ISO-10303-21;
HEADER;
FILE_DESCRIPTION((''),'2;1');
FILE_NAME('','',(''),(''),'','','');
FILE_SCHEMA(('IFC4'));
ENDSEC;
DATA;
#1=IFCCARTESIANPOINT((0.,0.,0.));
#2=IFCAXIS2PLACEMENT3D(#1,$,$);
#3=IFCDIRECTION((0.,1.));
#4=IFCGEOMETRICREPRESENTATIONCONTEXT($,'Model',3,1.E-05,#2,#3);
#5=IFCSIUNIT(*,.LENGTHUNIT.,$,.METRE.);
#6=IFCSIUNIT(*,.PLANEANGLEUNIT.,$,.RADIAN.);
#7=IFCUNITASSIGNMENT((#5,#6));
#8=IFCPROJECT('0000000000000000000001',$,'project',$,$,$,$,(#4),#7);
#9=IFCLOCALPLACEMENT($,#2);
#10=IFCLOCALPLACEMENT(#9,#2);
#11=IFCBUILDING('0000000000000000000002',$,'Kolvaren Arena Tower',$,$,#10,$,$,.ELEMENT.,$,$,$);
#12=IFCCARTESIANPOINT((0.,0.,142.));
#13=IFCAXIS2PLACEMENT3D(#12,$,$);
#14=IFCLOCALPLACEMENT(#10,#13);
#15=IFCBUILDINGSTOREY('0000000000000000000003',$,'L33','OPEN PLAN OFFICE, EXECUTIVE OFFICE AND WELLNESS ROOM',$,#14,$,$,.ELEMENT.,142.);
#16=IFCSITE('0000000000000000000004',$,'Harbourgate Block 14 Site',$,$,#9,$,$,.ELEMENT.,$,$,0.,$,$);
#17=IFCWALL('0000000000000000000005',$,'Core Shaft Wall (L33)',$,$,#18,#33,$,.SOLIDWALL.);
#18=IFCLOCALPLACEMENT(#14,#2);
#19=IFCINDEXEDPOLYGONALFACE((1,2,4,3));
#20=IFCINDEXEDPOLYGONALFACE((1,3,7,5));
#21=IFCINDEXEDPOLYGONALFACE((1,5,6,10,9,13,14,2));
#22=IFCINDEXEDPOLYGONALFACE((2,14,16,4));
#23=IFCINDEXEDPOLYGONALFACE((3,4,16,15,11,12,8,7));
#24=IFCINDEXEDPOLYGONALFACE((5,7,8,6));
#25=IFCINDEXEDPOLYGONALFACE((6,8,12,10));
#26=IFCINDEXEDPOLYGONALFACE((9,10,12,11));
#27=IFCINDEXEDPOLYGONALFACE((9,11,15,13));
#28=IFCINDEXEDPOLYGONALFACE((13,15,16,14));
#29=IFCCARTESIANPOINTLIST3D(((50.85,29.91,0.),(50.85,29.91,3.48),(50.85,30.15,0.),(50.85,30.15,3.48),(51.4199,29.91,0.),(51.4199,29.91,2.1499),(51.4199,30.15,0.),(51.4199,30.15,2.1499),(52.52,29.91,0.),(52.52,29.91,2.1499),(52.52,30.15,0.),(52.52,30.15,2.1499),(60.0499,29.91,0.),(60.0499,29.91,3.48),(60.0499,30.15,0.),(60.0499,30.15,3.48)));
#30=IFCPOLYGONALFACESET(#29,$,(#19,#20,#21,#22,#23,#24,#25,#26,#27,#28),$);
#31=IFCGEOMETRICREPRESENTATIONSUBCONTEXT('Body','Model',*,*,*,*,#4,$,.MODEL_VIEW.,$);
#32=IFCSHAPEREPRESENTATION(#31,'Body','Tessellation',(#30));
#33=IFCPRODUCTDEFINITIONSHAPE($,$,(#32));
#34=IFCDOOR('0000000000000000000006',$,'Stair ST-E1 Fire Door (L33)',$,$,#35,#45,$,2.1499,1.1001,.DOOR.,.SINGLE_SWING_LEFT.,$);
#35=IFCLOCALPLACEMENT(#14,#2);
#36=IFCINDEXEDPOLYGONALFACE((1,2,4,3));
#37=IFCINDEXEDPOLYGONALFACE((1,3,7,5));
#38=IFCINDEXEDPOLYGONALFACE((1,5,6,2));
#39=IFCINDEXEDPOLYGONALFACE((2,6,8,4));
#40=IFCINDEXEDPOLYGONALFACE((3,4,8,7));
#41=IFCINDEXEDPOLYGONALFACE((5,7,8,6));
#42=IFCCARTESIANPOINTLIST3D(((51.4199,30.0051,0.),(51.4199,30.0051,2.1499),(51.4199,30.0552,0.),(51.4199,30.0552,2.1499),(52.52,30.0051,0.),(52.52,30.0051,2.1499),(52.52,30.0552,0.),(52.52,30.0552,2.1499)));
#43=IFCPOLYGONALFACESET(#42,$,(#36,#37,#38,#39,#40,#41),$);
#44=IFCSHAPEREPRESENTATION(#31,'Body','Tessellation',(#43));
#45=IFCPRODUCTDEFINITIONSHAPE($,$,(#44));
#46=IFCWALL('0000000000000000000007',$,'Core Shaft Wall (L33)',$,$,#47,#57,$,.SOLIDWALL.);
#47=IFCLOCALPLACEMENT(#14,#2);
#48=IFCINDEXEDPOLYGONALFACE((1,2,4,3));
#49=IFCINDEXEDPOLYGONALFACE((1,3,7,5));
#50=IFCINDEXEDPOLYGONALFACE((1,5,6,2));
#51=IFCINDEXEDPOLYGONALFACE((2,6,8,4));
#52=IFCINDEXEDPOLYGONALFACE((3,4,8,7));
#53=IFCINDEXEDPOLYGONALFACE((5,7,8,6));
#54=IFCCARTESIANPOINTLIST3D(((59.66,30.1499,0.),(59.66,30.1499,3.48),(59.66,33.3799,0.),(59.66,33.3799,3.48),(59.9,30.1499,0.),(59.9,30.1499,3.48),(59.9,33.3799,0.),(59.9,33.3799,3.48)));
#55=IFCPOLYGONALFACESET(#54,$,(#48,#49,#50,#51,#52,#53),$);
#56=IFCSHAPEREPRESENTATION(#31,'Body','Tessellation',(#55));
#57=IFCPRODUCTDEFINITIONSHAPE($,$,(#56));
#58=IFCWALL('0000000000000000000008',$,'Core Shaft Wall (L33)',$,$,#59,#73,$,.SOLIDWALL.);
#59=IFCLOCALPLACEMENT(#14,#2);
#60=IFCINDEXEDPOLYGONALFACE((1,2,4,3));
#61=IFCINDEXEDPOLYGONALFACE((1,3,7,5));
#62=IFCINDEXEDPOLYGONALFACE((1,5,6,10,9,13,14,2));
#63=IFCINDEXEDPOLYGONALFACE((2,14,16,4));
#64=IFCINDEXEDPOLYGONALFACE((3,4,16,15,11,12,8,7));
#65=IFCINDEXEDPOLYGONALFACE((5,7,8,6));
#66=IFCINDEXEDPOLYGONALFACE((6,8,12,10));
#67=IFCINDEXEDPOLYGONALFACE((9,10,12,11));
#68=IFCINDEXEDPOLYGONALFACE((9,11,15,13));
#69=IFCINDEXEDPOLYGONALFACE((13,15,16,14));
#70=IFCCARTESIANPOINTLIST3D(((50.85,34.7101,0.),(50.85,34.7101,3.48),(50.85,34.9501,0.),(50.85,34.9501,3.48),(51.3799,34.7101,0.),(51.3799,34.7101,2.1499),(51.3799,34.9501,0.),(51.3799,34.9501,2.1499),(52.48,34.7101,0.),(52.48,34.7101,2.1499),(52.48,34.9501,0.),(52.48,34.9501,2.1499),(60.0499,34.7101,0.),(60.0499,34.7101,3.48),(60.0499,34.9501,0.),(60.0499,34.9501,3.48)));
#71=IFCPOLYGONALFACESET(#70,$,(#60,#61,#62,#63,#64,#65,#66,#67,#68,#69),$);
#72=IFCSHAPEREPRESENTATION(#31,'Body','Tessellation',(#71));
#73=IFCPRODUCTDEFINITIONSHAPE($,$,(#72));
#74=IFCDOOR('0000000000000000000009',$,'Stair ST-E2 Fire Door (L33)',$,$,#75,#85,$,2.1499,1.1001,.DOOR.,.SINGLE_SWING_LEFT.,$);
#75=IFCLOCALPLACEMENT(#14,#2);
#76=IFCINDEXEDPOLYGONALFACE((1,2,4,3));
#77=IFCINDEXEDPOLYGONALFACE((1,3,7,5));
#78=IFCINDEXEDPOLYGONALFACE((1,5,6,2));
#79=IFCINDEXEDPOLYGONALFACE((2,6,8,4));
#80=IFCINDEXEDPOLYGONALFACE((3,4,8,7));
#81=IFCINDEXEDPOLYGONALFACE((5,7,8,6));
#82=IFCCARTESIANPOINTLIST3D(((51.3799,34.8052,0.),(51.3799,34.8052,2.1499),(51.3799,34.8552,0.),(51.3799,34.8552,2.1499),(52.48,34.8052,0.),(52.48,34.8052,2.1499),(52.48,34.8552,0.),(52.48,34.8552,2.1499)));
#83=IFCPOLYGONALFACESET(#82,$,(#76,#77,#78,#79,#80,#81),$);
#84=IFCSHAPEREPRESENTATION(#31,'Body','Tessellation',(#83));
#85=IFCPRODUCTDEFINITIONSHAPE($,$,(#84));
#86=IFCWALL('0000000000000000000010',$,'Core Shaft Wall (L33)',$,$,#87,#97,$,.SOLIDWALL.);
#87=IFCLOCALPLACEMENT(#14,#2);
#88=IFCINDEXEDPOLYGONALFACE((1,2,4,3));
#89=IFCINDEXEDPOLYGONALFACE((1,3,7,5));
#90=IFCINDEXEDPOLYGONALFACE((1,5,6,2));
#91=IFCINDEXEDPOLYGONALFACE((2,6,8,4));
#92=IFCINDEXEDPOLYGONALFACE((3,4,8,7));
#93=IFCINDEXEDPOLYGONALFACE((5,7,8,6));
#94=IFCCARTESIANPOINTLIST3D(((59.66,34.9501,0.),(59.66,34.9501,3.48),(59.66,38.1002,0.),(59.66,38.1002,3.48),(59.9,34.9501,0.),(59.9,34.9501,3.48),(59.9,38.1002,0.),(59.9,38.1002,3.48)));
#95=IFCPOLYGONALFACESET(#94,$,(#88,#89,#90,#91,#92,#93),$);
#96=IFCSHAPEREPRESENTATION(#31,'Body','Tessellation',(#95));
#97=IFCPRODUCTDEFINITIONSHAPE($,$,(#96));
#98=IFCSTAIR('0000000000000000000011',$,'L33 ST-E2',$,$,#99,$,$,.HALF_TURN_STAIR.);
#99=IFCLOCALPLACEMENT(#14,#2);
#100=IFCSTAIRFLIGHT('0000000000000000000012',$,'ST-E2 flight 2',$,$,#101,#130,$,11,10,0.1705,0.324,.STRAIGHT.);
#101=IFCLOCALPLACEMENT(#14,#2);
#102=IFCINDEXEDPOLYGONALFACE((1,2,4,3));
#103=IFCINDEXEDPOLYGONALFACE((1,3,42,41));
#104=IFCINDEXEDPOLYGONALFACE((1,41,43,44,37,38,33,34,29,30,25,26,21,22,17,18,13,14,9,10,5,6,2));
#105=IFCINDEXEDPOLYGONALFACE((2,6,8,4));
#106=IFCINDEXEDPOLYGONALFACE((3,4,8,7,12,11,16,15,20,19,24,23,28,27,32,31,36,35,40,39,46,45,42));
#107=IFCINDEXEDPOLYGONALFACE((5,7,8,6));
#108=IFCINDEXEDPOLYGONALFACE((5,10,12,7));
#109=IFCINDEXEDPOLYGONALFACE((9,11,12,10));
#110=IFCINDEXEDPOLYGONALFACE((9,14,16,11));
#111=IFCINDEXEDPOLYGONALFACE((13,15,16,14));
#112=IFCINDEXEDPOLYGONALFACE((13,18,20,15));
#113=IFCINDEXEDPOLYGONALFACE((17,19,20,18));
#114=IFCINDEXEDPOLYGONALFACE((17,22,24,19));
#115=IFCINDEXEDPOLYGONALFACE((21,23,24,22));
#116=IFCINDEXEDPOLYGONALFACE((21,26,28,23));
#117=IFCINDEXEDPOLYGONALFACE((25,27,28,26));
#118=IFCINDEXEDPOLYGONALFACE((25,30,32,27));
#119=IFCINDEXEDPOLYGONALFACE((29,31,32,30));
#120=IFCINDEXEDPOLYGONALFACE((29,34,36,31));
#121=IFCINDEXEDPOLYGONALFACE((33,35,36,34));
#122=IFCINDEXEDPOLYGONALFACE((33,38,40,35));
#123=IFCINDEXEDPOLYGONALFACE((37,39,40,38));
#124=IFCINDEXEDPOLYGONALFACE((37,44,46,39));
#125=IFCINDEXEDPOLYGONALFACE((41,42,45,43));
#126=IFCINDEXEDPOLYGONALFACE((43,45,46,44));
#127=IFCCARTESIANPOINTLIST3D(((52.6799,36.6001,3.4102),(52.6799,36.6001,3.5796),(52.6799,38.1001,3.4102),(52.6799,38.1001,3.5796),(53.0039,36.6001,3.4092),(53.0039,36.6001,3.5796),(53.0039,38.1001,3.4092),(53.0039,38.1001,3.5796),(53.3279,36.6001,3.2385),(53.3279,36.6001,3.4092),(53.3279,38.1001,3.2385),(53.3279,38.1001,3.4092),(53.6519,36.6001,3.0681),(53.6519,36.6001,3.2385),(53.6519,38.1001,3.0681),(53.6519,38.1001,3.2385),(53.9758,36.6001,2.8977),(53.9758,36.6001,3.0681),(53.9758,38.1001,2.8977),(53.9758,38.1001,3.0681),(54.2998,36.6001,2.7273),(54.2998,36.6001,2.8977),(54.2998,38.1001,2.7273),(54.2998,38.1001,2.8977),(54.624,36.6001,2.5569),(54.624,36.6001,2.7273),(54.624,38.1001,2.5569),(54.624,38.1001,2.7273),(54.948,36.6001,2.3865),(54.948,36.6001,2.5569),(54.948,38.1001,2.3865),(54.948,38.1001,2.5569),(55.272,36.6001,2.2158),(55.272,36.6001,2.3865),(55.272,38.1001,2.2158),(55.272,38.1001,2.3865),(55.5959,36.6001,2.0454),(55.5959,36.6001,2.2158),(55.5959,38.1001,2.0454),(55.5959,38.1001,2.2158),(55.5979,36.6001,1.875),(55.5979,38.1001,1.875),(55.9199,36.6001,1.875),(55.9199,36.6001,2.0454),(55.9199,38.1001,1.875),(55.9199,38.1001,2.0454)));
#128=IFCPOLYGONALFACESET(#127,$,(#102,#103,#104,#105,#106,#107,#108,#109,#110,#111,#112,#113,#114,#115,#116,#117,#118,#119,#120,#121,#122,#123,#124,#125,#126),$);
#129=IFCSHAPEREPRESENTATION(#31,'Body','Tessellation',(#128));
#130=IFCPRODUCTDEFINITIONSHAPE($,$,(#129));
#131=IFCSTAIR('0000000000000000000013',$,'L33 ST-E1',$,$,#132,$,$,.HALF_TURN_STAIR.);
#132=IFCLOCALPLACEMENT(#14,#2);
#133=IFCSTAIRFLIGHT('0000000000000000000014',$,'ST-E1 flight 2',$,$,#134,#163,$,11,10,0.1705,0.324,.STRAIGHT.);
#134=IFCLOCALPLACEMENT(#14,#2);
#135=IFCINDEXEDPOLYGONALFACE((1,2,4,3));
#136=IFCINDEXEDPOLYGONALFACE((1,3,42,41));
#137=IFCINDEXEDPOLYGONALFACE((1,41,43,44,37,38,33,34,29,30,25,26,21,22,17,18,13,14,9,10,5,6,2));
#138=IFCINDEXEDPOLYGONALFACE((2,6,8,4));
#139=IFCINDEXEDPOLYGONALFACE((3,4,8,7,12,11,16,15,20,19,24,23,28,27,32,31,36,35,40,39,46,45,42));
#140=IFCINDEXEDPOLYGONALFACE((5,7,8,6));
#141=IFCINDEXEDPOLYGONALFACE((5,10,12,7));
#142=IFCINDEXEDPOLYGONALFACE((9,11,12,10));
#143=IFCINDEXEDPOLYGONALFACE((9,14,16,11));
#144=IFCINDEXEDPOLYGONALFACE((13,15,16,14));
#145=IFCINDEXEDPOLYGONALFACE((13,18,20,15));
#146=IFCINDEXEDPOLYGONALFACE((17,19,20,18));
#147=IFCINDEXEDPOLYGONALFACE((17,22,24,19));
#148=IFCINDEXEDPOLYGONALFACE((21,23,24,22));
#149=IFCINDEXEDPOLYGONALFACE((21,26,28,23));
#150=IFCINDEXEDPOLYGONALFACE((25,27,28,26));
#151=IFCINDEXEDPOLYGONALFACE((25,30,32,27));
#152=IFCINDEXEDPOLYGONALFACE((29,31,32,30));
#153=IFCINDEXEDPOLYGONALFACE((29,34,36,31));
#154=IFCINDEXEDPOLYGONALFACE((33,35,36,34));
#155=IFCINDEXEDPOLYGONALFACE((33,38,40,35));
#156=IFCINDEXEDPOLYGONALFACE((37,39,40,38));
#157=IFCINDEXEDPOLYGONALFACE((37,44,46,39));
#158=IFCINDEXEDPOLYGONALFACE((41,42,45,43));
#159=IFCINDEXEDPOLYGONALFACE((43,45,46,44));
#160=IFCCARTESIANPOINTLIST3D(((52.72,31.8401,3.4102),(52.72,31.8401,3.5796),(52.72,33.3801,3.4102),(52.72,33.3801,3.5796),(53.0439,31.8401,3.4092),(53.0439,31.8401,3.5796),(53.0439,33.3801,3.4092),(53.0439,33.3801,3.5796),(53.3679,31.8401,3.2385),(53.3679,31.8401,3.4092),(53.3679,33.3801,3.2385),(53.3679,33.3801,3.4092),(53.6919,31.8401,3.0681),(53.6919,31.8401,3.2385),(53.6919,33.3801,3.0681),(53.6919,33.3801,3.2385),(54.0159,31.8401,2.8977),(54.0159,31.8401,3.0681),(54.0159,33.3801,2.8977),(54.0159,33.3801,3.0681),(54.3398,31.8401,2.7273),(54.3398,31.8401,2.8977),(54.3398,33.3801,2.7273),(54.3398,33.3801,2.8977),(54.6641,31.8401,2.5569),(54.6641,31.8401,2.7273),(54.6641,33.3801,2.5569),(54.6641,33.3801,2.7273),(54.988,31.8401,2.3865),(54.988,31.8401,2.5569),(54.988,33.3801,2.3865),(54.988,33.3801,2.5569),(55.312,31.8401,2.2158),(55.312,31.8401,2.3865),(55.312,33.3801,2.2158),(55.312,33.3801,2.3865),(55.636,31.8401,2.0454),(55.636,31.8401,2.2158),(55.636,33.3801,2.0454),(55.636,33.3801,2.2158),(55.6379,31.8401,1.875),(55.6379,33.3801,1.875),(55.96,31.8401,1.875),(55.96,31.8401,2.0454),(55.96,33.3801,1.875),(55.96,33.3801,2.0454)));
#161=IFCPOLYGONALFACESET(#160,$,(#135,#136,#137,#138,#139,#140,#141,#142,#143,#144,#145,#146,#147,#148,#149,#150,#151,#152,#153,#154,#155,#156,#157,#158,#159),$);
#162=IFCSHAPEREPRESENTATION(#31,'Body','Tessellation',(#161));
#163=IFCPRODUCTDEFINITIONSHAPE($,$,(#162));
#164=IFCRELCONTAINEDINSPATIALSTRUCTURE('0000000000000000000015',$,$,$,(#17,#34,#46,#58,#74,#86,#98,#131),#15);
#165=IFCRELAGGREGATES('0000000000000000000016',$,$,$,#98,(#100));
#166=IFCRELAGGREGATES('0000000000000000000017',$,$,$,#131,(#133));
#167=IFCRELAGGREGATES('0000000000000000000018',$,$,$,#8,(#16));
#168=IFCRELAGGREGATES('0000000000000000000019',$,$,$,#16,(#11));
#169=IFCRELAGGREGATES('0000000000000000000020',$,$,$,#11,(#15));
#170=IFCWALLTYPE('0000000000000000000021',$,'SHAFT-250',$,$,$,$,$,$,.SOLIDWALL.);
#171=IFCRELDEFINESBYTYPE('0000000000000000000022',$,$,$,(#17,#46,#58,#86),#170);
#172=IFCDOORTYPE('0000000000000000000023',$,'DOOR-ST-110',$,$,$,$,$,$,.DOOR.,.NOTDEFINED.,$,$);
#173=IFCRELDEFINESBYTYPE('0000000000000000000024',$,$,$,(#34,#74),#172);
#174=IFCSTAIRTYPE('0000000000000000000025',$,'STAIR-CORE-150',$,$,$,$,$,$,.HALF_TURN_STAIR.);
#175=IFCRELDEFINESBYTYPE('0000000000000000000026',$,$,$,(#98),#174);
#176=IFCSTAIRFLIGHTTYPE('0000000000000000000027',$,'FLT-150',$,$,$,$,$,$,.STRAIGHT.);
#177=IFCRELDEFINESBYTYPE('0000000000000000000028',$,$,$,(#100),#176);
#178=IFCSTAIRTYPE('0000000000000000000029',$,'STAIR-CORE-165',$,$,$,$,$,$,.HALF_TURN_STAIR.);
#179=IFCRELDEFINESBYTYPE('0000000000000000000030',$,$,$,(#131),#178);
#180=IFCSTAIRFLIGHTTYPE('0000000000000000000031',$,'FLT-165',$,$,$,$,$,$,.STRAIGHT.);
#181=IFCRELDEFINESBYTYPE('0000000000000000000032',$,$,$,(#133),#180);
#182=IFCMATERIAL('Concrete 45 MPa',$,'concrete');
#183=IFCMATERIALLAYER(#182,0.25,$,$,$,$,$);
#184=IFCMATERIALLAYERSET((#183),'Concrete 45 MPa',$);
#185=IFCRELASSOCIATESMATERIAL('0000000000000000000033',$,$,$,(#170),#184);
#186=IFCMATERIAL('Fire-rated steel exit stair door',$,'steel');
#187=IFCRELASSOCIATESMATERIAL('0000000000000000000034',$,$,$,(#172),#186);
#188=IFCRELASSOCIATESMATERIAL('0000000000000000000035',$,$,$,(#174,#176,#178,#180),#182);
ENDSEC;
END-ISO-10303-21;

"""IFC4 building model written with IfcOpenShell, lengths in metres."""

from ifc_helpers import new_model, si_unit, direction, frame, frame_2d, origin, place, context, subcontext, project, spatial, polyline, rectangle, outline, extrude, material, layer, layer_set, type_object, element, fill, aggregate, save


model = new_model("IFC4")

# Units and contexts
model_context = context("Model", 3, precision=1e-05, world=origin(), true_north=direction((0.0, 1.0)))
body_context = subcontext(model_context, "Body", "Model", "MODEL_VIEW")
ifc_project = project(units=[si_unit("LENGTHUNIT", "METRE"), si_unit("PLANEANGLEUNIT", "RADIAN")], contexts=[model_context])

# Site, building, storey
site_placement = place(None, origin())
site = spatial("IfcSite", under=ifc_project, at=site_placement, Name="Harbourgate Block 14 Site", CompositionType="ELEMENT", RefElevation=0.0)
building_placement = place(site_placement, origin())
building = spatial("IfcBuilding", under=site, at=building_placement, Name="Kolvaren Arena Tower", CompositionType="ELEMENT")
storey_placement = place(building_placement, frame((0.0, 0.0, 142.0)))
storey = spatial("IfcBuildingStorey", under=building, at=storey_placement, Name="L33", Description="OPEN PLAN OFFICE, EXECUTIVE OFFICE AND WELLNESS ROOM", CompositionType="ELEMENT", Elevation=142.0)

# Wall, opening, door
ifc_material_1 = material(Name="Concrete 45 MPa", Category="concrete")
ifc_layer_1 = layer(ifc_material_1, 0.25)
ifc_layer_set_1 = layer_set([ifc_layer_1], Name="Concrete 45 MPa")
wall_type_1 = type_object("IfcWallType", Name="SHAFT-250", PredefinedType="SOLIDWALL", material=ifc_layer_set_1)
wall_1_placement = place(storey_placement, frame((60.05, 30.03, 0.0), z_axis=(0.0, 0.0, 1.0), x_axis=(-1.0, 0.0, 0.0)))
wall_1 = element("IfcWall", 1, at=wall_1_placement, inside=storey, type_object=wall_type_1, Name="Core Shaft Wall (L33)", PredefinedType="SOLIDWALL", context=body_context, shape_type="SweptSolid", body=[
    extrude(rectangle(XDim=9.2, YDim=0.24, at=frame_2d((4.6001, 0.0))), origin(), (0.0, 0.0, 1.0), 3.48),
])
opening_1_placement = place(wall_1_placement, frame((7.53, 0.0, 0.0)))
opening_1 = element("IfcOpeningElement", 2, at=opening_1_placement, cuts=wall_1, PredefinedType="OPENING", context=body_context, shape_type="SweptSolid", body=[
    extrude(rectangle(XDim=1.1001, YDim=2.1499, at=frame_2d((0.55, 1.075))), frame((0.0, 0.1299, 0.0), z_axis=(0.0, -1.0, 0.0), x_axis=(1.0, 0.0, 0.0)), (0.0, 0.0, 1.0), 0.26),
])
ifc_material_2 = material(Name="Fire-rated steel exit stair door", Category="steel")
door_type = type_object("IfcDoorType", Name="DOOR-ST-110", OperationType="NOTDEFINED", PredefinedType="DOOR", material=ifc_material_2)
door_1_placement = place(opening_1_placement, origin())
door_1 = element("IfcDoor", 3, at=door_1_placement, inside=storey, type_object=door_type, Name="Stair ST-E1 Fire Door (L33)", OperationType="SINGLE_SWING_LEFT", OverallHeight=2.1499, OverallWidth=1.1001, PredefinedType="DOOR", context=body_context, shape_type="SweptSolid", body=[
    extrude(rectangle(XDim=1.1001, YDim=2.1499, at=frame_2d((0.55, 1.075))), frame((0.0, 0.0249, 0.0), z_axis=(0.0, -1.0, 0.0), x_axis=(1.0, 0.0, 0.0)), (0.0, 0.0, 1.0), 0.05),
])
fill(opening_1, door_1)

# Wall
wall_2_placement = place(storey_placement, frame((59.78, 30.1499, 0.0), z_axis=(0.0, 0.0, 1.0), x_axis=(0.0, 1.0, 0.0)))
element("IfcWall", 4, at=wall_2_placement, inside=storey, type_object=wall_type_1, Name="Core Shaft Wall (L33)", PredefinedType="SOLIDWALL", context=body_context, shape_type="SweptSolid", body=[
    extrude(rectangle(XDim=3.23, YDim=0.24, at=frame_2d((1.615, 0.0))), origin(), (0.0, 0.0, 1.0), 3.48),
])

# Wall, opening, door
wall_3_placement = place(storey_placement, frame((60.05, 34.8301, 0.0), z_axis=(0.0, 0.0, 1.0), x_axis=(-1.0, 0.0, 0.0)))
wall_3 = element("IfcWall", 5, at=wall_3_placement, inside=storey, type_object=wall_type_1, Name="Core Shaft Wall (L33)", PredefinedType="SOLIDWALL", context=body_context, shape_type="SweptSolid", body=[
    extrude(rectangle(XDim=9.2, YDim=0.24, at=frame_2d((4.6001, 0.0))), origin(), (0.0, 0.0, 1.0), 3.48),
])
opening_2_placement = place(wall_3_placement, frame((7.5701, 0.0, 0.0)))
opening_2 = element("IfcOpeningElement", 6, at=opening_2_placement, cuts=wall_3, PredefinedType="OPENING", context=body_context, shape_type="SweptSolid", body=[
    extrude(rectangle(XDim=1.1001, YDim=2.1499, at=frame_2d((0.55, 1.075))), frame((0.0, 0.1299, 0.0), z_axis=(0.0, -1.0, 0.0), x_axis=(1.0, 0.0, 0.0)), (0.0, 0.0, 1.0), 0.26),
])
door_2_placement = place(opening_2_placement, origin())
door_2 = element("IfcDoor", 7, at=door_2_placement, inside=storey, type_object=door_type, Name="Stair ST-E2 Fire Door (L33)", OperationType="SINGLE_SWING_LEFT", OverallHeight=2.1499, OverallWidth=1.1001, PredefinedType="DOOR", context=body_context, shape_type="SweptSolid", body=[
    extrude(rectangle(XDim=1.1001, YDim=2.1499, at=frame_2d((0.55, 1.075))), frame((0.0, 0.0249, 0.0), z_axis=(0.0, -1.0, 0.0), x_axis=(1.0, 0.0, 0.0)), (0.0, 0.0, 1.0), 0.05),
])
fill(opening_2, door_2)

# Wall
wall_4_placement = place(storey_placement, frame((59.78, 34.95, 0.0), z_axis=(0.0, 0.0, 1.0), x_axis=(0.0, 1.0, 0.0)))
element("IfcWall", 8, at=wall_4_placement, inside=storey, type_object=wall_type_1, Name="Core Shaft Wall (L33)", PredefinedType="SOLIDWALL", context=body_context, shape_type="SweptSolid", body=[
    extrude(rectangle(XDim=3.1501, YDim=0.24, at=frame_2d((1.5752, 0.0))), origin(), (0.0, 0.0, 1.0), 3.48),
])

# Stairs, stair flights
stair_type_1 = type_object("IfcStairType", Name="STAIR-CORE-150", PredefinedType="HALF_TURN_STAIR", material=ifc_material_1)
stair_1_placement = place(storey_placement, origin())
stair_1 = element("IfcStair", 9, at=stair_1_placement, inside=storey, type_object=stair_type_1, Name="L33 ST-E2", PredefinedType="HALF_TURN_STAIR")
stair_flight_type_1 = type_object("IfcStairFlightType", Name="FLT-150", PredefinedType="STRAIGHT", material=ifc_material_1)
stair_flight_1_placement = place(storey_placement, frame((55.9199, 37.3501, 1.875), z_axis=(0.0, 0.0, 1.0), x_axis=(-1.0, 0.0, 0.0)))
stair_flight_1 = element("IfcStairFlight", 10, at=stair_flight_1_placement, type_object=stair_flight_type_1, Name="ST-E2 flight 2", NumberOfRisers=11, NumberOfTreads=10, PredefinedType="STRAIGHT", RiserHeight=0.1705, TreadLength=0.324, context=body_context, shape_type="SweptSolid", body=[
    extrude(outline(polyline([(0.0, 0.0), (0.0, 0.1704), (0.324, 0.1704), (0.324, 0.3408), (0.6479, 0.3408), (0.6479, 0.5115), (0.9719, 0.5115), (0.9719, 0.6819), (1.2959, 0.6819), (1.2959, 0.8523), (1.6201, 0.8523), (1.6201, 1.0227), (1.9441, 1.0227), (1.9441, 1.1931), (2.2681, 1.1931), (2.2681, 1.3635), (2.592, 1.3635), (2.592, 1.5342), (2.916, 1.5342), (2.916, 1.7046), (3.24, 1.7046), (3.24, 1.875), (3.24, 1.5352), (0.322, 0.0), (0.0, 0.0)])), frame((0.0, 0.75, 0.0), z_axis=(0.0, -1.0, 0.0), x_axis=(1.0, 0.0, 0.0)), (0.0, 0.0, 1.0), 1.5),
])
aggregate(stair_1, [stair_flight_1])
stair_type_2 = type_object("IfcStairType", Name="STAIR-CORE-165", PredefinedType="HALF_TURN_STAIR", material=ifc_material_1)
stair_2_placement = place(storey_placement, origin())
stair_2 = element("IfcStair", 11, at=stair_2_placement, inside=storey, type_object=stair_type_2, Name="L33 ST-E1", PredefinedType="HALF_TURN_STAIR")
stair_flight_type_2 = type_object("IfcStairFlightType", Name="FLT-165", PredefinedType="STRAIGHT", material=ifc_material_1)
stair_flight_2_placement = place(storey_placement, frame((55.96, 32.6101, 1.875), z_axis=(0.0, 0.0, 1.0), x_axis=(-1.0, 0.0, 0.0)))
stair_flight_2 = element("IfcStairFlight", 12, at=stair_flight_2_placement, type_object=stair_flight_type_2, Name="ST-E1 flight 2", NumberOfRisers=11, NumberOfTreads=10, PredefinedType="STRAIGHT", RiserHeight=0.1705, TreadLength=0.324, context=body_context, shape_type="SweptSolid", body=[
    extrude(outline(polyline([(0.0, 0.0), (0.0, 0.1704), (0.324, 0.1704), (0.324, 0.3408), (0.6479, 0.3408), (0.6479, 0.5115), (0.9719, 0.5115), (0.9719, 0.6819), (1.2959, 0.6819), (1.2959, 0.8523), (1.6201, 0.8523), (1.6201, 1.0227), (1.9441, 1.0227), (1.9441, 1.1931), (2.2681, 1.1931), (2.2681, 1.3635), (2.592, 1.3635), (2.592, 1.5342), (2.916, 1.5342), (2.916, 1.7046), (3.24, 1.7046), (3.24, 1.875), (3.24, 1.5352), (0.322, 0.0), (0.0, 0.0)])), frame((0.0, 0.77, 0.0), z_axis=(0.0, -1.0, 0.0), x_axis=(1.0, 0.0, 0.0)), (0.0, 0.0, 1.0), 1.54),
])
aggregate(stair_2, [stair_flight_2])

save(model, "model.ifc")
